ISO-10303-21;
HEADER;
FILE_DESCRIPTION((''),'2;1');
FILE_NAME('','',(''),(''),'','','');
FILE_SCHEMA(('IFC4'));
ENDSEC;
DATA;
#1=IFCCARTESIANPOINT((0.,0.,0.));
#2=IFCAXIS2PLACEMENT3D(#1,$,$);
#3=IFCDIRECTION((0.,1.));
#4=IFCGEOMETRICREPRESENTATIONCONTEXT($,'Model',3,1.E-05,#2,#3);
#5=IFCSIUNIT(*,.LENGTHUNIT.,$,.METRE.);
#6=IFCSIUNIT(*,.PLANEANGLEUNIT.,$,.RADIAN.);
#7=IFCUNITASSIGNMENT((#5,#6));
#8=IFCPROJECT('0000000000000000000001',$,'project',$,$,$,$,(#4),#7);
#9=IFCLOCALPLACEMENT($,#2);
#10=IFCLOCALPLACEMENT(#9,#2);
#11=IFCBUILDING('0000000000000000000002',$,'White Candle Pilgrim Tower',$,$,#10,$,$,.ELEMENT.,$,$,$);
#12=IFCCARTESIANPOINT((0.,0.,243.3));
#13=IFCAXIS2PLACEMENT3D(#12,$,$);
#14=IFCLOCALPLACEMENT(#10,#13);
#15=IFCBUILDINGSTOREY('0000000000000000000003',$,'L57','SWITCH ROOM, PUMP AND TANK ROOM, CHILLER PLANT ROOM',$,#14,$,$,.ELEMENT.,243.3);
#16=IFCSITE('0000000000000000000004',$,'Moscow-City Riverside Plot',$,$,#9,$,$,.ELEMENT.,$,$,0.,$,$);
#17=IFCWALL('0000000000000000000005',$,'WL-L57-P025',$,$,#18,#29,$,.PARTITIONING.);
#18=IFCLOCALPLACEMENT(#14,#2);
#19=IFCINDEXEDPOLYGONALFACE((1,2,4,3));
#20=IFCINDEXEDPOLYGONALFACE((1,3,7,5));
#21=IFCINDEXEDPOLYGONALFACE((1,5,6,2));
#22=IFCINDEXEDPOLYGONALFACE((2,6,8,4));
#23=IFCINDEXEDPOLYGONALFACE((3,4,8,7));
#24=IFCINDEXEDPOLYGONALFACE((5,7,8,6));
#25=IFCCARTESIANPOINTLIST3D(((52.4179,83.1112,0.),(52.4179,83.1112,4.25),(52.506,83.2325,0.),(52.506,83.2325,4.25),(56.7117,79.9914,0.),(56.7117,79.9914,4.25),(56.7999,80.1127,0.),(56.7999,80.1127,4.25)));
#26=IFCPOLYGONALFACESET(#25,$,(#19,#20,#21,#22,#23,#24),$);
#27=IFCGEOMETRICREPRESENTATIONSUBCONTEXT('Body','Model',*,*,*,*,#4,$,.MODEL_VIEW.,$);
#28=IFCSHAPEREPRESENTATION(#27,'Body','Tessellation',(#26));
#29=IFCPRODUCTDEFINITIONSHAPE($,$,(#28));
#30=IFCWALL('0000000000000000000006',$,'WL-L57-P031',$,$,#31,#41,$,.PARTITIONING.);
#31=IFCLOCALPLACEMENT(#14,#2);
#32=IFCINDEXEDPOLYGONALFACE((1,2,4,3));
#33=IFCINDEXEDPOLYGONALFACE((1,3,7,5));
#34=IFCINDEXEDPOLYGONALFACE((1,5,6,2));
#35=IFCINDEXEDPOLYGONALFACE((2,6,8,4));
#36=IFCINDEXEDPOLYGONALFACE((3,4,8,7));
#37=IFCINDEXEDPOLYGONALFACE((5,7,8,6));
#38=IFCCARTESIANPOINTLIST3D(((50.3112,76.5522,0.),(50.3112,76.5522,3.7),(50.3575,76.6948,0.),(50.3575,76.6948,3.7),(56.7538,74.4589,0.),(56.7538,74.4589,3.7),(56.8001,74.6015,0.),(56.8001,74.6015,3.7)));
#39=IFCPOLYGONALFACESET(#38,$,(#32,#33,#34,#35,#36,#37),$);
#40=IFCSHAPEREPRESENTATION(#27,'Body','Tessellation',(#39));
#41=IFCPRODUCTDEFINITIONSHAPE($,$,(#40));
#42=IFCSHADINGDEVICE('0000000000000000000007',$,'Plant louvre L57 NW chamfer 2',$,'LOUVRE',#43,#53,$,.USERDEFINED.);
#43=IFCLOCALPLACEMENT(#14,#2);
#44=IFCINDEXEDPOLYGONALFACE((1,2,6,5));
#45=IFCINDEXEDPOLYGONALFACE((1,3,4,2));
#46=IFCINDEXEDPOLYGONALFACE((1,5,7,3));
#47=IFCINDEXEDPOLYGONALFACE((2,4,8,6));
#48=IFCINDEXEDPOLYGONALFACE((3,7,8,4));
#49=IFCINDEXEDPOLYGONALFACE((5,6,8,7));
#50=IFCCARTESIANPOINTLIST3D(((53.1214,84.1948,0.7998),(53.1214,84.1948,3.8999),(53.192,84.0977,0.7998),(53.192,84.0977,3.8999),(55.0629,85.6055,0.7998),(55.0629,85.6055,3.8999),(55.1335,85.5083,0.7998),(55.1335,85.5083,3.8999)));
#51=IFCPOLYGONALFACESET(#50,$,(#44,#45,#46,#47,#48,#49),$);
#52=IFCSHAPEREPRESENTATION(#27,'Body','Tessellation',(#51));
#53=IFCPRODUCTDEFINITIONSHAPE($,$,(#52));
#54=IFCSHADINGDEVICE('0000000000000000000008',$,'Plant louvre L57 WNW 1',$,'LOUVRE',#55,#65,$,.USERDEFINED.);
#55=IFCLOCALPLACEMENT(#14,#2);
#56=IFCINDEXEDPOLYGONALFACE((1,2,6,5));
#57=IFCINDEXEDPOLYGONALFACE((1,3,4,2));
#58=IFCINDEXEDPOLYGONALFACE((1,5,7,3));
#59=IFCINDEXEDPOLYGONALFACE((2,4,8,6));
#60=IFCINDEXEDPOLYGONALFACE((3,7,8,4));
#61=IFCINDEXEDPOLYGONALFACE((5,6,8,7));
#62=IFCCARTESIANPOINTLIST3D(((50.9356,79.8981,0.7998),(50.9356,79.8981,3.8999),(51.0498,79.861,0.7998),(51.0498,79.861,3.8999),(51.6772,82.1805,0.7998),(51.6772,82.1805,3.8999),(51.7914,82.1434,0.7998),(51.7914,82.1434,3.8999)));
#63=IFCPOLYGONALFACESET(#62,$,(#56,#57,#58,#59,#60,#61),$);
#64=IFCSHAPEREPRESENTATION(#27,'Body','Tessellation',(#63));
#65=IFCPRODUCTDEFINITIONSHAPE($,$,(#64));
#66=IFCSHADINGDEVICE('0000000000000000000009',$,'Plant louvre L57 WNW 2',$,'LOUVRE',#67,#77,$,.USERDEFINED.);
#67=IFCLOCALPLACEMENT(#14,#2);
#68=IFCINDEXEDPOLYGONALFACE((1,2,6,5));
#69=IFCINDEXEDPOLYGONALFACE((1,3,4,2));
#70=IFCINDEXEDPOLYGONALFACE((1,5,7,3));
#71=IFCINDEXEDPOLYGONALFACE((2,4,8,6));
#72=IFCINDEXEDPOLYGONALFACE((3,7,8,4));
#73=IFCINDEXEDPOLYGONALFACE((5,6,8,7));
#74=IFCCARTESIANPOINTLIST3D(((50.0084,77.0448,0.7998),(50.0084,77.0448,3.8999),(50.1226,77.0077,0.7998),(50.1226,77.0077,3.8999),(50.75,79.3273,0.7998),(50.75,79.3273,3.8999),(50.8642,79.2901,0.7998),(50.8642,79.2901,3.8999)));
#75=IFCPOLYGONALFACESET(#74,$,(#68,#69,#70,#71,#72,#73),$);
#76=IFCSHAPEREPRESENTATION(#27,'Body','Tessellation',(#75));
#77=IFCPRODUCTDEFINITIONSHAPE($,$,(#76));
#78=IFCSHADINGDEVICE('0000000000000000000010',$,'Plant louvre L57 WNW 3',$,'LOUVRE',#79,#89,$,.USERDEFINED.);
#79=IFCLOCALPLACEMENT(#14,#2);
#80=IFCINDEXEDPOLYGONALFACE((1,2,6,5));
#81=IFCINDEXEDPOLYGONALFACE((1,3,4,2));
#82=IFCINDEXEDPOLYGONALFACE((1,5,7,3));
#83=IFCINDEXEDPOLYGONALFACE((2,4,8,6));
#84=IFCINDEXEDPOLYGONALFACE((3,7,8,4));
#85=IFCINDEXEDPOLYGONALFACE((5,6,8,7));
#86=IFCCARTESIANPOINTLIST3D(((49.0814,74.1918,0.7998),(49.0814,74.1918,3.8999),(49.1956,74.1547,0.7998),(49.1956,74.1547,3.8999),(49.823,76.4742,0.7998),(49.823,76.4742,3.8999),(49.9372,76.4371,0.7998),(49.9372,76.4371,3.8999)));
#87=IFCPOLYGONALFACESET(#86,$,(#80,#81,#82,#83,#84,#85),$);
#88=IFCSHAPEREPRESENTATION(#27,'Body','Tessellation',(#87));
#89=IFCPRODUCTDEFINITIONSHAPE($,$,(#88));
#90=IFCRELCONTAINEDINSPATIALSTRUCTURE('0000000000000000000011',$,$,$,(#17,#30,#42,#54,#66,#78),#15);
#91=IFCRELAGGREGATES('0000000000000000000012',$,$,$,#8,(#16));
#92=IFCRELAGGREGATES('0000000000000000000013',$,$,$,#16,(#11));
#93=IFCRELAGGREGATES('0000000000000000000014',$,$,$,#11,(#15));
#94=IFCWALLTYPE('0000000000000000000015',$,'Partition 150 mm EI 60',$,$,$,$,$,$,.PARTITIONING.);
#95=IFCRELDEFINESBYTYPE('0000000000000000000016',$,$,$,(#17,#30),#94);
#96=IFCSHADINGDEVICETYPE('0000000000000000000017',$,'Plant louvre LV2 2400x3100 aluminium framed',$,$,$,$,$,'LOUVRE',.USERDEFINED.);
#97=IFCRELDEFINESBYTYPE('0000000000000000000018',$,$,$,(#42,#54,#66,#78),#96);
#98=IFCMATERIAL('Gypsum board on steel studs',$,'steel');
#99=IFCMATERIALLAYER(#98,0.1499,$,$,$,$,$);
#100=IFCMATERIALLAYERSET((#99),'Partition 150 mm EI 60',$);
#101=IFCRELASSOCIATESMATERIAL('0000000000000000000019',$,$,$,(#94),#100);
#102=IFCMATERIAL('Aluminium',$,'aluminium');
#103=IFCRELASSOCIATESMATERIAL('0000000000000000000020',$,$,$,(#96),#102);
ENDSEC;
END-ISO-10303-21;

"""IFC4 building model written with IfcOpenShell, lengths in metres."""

from ifc_helpers import new_model, si_unit, direction, frame, frame_2d, origin, origin_2d, place, context, subcontext, project, spatial, rectangle, extrude, material, layer, layer_set, type_object, element, save


model = new_model("IFC4")

# Units and contexts
model_context = context("Model", 3, precision=1e-05, world=origin(), true_north=direction((0.0, 1.0)))
body_context = subcontext(model_context, "Body", "Model", "MODEL_VIEW")
ifc_project = project(units=[si_unit("LENGTHUNIT", "METRE"), si_unit("PLANEANGLEUNIT", "RADIAN")], contexts=[model_context])

# Site, building, storey
site_placement = place(None, origin())
site = spatial("IfcSite", under=ifc_project, at=site_placement, Name="Moscow-City Riverside Plot", CompositionType="ELEMENT", RefElevation=0.0)
building_placement = place(site_placement, origin())
building = spatial("IfcBuilding", under=site, at=building_placement, Name="White Candle Pilgrim Tower", CompositionType="ELEMENT")
storey_placement = place(building_placement, frame((0.0, 0.0, 243.3)))
storey = spatial("IfcBuildingStorey", under=building, at=storey_placement, Name="L57", Description="SWITCH ROOM, PUMP AND TANK ROOM, CHILLER PLANT ROOM", CompositionType="ELEMENT", Elevation=243.3)

# Walls
ifc_material_1 = material(Name="Gypsum board on steel studs", Category="steel")
ifc_layer_1 = layer(ifc_material_1, 0.1499)
ifc_layer_set_1 = layer_set([ifc_layer_1], Name="Partition 150 mm EI 60")
wall_type_1 = type_object("IfcWallType", Name="Partition 150 mm EI 60", PredefinedType="PARTITIONING", material=ifc_layer_set_1)
wall_1_placement = place(storey_placement, frame((52.4619, 83.1719, 0.0), z_axis=(0.0, 0.0, 1.0), x_axis=(0.809005, -0.587802, 0.0)))
element("IfcWall", 1, at=wall_1_placement, inside=storey, type_object=wall_type_1, Name="WL-L57-P025", PredefinedType="PARTITIONING", context=body_context, shape_type="SweptSolid", body=[
    extrude(rectangle(XDim=5.3076, YDim=0.1499, at=frame_2d((2.6538, 0.0))), origin(), (0.0, 0.0, 1.0), 4.25),
])
wall_2_placement = place(storey_placement, frame((50.3342, 76.6235, 0.0), z_axis=(0.0, 0.0, 1.0), x_axis=(0.95106, -0.309007, 0.0)))
element("IfcWall", 2, at=wall_2_placement, inside=storey, type_object=wall_type_1, Name="WL-L57-P031", PredefinedType="PARTITIONING", context=body_context, shape_type="SweptSolid", body=[
    extrude(rectangle(XDim=6.7742, YDim=0.1499, at=frame_2d((3.3872, 0.0))), origin(), (0.0, 0.0, 1.0), 3.7),
])

# Shading devices
ifc_material_2 = material(Name="Aluminium", Category="aluminium")
shading_device_type = type_object("IfcShadingDeviceType", Name="Plant louvre LV2 2400x3100 aluminium framed", ElementType="LOUVRE", PredefinedType="USERDEFINED", material=ifc_material_2)
for number, where, z_axis, x_axis, name in (
    (3, (54.1274, 84.8516, 0.7998), (0.0, 0.0, 1.0), (-0.809017, -0.587785, 0.0), "Plant louvre L57 NW chamfer 2"),
    (4, (51.3635, 81.0208, 0.7998), (0.0, 0.0, 1.0), (-0.309017, -0.951057, 0.0), "Plant louvre L57 WNW 1"),
    (5, (50.4363, 78.1675, 0.7998), (0.0, 0.0, 1.0), (-0.309017, -0.951057, 0.0), "Plant louvre L57 WNW 2"),
    (6, (49.5093, 75.3145, 0.7998), (0.0, 0.0, 1.0), (-0.309017, -0.951057, 0.0), "Plant louvre L57 WNW 3"),
):
    element("IfcShadingDevice", number, at=place(storey_placement, frame(where, z_axis=z_axis, x_axis=x_axis)), inside=storey, type_object=shading_device_type, Name=name, ObjectType="LOUVRE", PredefinedType="USERDEFINED", context=body_context, shape_type="SweptSolid", body=[
        extrude(rectangle(XDim=2.3999, YDim=0.1201, at=origin_2d()), origin(), (0.0, 0.0, 1.0), 3.1001),
    ])

save(model, "model.ifc")
